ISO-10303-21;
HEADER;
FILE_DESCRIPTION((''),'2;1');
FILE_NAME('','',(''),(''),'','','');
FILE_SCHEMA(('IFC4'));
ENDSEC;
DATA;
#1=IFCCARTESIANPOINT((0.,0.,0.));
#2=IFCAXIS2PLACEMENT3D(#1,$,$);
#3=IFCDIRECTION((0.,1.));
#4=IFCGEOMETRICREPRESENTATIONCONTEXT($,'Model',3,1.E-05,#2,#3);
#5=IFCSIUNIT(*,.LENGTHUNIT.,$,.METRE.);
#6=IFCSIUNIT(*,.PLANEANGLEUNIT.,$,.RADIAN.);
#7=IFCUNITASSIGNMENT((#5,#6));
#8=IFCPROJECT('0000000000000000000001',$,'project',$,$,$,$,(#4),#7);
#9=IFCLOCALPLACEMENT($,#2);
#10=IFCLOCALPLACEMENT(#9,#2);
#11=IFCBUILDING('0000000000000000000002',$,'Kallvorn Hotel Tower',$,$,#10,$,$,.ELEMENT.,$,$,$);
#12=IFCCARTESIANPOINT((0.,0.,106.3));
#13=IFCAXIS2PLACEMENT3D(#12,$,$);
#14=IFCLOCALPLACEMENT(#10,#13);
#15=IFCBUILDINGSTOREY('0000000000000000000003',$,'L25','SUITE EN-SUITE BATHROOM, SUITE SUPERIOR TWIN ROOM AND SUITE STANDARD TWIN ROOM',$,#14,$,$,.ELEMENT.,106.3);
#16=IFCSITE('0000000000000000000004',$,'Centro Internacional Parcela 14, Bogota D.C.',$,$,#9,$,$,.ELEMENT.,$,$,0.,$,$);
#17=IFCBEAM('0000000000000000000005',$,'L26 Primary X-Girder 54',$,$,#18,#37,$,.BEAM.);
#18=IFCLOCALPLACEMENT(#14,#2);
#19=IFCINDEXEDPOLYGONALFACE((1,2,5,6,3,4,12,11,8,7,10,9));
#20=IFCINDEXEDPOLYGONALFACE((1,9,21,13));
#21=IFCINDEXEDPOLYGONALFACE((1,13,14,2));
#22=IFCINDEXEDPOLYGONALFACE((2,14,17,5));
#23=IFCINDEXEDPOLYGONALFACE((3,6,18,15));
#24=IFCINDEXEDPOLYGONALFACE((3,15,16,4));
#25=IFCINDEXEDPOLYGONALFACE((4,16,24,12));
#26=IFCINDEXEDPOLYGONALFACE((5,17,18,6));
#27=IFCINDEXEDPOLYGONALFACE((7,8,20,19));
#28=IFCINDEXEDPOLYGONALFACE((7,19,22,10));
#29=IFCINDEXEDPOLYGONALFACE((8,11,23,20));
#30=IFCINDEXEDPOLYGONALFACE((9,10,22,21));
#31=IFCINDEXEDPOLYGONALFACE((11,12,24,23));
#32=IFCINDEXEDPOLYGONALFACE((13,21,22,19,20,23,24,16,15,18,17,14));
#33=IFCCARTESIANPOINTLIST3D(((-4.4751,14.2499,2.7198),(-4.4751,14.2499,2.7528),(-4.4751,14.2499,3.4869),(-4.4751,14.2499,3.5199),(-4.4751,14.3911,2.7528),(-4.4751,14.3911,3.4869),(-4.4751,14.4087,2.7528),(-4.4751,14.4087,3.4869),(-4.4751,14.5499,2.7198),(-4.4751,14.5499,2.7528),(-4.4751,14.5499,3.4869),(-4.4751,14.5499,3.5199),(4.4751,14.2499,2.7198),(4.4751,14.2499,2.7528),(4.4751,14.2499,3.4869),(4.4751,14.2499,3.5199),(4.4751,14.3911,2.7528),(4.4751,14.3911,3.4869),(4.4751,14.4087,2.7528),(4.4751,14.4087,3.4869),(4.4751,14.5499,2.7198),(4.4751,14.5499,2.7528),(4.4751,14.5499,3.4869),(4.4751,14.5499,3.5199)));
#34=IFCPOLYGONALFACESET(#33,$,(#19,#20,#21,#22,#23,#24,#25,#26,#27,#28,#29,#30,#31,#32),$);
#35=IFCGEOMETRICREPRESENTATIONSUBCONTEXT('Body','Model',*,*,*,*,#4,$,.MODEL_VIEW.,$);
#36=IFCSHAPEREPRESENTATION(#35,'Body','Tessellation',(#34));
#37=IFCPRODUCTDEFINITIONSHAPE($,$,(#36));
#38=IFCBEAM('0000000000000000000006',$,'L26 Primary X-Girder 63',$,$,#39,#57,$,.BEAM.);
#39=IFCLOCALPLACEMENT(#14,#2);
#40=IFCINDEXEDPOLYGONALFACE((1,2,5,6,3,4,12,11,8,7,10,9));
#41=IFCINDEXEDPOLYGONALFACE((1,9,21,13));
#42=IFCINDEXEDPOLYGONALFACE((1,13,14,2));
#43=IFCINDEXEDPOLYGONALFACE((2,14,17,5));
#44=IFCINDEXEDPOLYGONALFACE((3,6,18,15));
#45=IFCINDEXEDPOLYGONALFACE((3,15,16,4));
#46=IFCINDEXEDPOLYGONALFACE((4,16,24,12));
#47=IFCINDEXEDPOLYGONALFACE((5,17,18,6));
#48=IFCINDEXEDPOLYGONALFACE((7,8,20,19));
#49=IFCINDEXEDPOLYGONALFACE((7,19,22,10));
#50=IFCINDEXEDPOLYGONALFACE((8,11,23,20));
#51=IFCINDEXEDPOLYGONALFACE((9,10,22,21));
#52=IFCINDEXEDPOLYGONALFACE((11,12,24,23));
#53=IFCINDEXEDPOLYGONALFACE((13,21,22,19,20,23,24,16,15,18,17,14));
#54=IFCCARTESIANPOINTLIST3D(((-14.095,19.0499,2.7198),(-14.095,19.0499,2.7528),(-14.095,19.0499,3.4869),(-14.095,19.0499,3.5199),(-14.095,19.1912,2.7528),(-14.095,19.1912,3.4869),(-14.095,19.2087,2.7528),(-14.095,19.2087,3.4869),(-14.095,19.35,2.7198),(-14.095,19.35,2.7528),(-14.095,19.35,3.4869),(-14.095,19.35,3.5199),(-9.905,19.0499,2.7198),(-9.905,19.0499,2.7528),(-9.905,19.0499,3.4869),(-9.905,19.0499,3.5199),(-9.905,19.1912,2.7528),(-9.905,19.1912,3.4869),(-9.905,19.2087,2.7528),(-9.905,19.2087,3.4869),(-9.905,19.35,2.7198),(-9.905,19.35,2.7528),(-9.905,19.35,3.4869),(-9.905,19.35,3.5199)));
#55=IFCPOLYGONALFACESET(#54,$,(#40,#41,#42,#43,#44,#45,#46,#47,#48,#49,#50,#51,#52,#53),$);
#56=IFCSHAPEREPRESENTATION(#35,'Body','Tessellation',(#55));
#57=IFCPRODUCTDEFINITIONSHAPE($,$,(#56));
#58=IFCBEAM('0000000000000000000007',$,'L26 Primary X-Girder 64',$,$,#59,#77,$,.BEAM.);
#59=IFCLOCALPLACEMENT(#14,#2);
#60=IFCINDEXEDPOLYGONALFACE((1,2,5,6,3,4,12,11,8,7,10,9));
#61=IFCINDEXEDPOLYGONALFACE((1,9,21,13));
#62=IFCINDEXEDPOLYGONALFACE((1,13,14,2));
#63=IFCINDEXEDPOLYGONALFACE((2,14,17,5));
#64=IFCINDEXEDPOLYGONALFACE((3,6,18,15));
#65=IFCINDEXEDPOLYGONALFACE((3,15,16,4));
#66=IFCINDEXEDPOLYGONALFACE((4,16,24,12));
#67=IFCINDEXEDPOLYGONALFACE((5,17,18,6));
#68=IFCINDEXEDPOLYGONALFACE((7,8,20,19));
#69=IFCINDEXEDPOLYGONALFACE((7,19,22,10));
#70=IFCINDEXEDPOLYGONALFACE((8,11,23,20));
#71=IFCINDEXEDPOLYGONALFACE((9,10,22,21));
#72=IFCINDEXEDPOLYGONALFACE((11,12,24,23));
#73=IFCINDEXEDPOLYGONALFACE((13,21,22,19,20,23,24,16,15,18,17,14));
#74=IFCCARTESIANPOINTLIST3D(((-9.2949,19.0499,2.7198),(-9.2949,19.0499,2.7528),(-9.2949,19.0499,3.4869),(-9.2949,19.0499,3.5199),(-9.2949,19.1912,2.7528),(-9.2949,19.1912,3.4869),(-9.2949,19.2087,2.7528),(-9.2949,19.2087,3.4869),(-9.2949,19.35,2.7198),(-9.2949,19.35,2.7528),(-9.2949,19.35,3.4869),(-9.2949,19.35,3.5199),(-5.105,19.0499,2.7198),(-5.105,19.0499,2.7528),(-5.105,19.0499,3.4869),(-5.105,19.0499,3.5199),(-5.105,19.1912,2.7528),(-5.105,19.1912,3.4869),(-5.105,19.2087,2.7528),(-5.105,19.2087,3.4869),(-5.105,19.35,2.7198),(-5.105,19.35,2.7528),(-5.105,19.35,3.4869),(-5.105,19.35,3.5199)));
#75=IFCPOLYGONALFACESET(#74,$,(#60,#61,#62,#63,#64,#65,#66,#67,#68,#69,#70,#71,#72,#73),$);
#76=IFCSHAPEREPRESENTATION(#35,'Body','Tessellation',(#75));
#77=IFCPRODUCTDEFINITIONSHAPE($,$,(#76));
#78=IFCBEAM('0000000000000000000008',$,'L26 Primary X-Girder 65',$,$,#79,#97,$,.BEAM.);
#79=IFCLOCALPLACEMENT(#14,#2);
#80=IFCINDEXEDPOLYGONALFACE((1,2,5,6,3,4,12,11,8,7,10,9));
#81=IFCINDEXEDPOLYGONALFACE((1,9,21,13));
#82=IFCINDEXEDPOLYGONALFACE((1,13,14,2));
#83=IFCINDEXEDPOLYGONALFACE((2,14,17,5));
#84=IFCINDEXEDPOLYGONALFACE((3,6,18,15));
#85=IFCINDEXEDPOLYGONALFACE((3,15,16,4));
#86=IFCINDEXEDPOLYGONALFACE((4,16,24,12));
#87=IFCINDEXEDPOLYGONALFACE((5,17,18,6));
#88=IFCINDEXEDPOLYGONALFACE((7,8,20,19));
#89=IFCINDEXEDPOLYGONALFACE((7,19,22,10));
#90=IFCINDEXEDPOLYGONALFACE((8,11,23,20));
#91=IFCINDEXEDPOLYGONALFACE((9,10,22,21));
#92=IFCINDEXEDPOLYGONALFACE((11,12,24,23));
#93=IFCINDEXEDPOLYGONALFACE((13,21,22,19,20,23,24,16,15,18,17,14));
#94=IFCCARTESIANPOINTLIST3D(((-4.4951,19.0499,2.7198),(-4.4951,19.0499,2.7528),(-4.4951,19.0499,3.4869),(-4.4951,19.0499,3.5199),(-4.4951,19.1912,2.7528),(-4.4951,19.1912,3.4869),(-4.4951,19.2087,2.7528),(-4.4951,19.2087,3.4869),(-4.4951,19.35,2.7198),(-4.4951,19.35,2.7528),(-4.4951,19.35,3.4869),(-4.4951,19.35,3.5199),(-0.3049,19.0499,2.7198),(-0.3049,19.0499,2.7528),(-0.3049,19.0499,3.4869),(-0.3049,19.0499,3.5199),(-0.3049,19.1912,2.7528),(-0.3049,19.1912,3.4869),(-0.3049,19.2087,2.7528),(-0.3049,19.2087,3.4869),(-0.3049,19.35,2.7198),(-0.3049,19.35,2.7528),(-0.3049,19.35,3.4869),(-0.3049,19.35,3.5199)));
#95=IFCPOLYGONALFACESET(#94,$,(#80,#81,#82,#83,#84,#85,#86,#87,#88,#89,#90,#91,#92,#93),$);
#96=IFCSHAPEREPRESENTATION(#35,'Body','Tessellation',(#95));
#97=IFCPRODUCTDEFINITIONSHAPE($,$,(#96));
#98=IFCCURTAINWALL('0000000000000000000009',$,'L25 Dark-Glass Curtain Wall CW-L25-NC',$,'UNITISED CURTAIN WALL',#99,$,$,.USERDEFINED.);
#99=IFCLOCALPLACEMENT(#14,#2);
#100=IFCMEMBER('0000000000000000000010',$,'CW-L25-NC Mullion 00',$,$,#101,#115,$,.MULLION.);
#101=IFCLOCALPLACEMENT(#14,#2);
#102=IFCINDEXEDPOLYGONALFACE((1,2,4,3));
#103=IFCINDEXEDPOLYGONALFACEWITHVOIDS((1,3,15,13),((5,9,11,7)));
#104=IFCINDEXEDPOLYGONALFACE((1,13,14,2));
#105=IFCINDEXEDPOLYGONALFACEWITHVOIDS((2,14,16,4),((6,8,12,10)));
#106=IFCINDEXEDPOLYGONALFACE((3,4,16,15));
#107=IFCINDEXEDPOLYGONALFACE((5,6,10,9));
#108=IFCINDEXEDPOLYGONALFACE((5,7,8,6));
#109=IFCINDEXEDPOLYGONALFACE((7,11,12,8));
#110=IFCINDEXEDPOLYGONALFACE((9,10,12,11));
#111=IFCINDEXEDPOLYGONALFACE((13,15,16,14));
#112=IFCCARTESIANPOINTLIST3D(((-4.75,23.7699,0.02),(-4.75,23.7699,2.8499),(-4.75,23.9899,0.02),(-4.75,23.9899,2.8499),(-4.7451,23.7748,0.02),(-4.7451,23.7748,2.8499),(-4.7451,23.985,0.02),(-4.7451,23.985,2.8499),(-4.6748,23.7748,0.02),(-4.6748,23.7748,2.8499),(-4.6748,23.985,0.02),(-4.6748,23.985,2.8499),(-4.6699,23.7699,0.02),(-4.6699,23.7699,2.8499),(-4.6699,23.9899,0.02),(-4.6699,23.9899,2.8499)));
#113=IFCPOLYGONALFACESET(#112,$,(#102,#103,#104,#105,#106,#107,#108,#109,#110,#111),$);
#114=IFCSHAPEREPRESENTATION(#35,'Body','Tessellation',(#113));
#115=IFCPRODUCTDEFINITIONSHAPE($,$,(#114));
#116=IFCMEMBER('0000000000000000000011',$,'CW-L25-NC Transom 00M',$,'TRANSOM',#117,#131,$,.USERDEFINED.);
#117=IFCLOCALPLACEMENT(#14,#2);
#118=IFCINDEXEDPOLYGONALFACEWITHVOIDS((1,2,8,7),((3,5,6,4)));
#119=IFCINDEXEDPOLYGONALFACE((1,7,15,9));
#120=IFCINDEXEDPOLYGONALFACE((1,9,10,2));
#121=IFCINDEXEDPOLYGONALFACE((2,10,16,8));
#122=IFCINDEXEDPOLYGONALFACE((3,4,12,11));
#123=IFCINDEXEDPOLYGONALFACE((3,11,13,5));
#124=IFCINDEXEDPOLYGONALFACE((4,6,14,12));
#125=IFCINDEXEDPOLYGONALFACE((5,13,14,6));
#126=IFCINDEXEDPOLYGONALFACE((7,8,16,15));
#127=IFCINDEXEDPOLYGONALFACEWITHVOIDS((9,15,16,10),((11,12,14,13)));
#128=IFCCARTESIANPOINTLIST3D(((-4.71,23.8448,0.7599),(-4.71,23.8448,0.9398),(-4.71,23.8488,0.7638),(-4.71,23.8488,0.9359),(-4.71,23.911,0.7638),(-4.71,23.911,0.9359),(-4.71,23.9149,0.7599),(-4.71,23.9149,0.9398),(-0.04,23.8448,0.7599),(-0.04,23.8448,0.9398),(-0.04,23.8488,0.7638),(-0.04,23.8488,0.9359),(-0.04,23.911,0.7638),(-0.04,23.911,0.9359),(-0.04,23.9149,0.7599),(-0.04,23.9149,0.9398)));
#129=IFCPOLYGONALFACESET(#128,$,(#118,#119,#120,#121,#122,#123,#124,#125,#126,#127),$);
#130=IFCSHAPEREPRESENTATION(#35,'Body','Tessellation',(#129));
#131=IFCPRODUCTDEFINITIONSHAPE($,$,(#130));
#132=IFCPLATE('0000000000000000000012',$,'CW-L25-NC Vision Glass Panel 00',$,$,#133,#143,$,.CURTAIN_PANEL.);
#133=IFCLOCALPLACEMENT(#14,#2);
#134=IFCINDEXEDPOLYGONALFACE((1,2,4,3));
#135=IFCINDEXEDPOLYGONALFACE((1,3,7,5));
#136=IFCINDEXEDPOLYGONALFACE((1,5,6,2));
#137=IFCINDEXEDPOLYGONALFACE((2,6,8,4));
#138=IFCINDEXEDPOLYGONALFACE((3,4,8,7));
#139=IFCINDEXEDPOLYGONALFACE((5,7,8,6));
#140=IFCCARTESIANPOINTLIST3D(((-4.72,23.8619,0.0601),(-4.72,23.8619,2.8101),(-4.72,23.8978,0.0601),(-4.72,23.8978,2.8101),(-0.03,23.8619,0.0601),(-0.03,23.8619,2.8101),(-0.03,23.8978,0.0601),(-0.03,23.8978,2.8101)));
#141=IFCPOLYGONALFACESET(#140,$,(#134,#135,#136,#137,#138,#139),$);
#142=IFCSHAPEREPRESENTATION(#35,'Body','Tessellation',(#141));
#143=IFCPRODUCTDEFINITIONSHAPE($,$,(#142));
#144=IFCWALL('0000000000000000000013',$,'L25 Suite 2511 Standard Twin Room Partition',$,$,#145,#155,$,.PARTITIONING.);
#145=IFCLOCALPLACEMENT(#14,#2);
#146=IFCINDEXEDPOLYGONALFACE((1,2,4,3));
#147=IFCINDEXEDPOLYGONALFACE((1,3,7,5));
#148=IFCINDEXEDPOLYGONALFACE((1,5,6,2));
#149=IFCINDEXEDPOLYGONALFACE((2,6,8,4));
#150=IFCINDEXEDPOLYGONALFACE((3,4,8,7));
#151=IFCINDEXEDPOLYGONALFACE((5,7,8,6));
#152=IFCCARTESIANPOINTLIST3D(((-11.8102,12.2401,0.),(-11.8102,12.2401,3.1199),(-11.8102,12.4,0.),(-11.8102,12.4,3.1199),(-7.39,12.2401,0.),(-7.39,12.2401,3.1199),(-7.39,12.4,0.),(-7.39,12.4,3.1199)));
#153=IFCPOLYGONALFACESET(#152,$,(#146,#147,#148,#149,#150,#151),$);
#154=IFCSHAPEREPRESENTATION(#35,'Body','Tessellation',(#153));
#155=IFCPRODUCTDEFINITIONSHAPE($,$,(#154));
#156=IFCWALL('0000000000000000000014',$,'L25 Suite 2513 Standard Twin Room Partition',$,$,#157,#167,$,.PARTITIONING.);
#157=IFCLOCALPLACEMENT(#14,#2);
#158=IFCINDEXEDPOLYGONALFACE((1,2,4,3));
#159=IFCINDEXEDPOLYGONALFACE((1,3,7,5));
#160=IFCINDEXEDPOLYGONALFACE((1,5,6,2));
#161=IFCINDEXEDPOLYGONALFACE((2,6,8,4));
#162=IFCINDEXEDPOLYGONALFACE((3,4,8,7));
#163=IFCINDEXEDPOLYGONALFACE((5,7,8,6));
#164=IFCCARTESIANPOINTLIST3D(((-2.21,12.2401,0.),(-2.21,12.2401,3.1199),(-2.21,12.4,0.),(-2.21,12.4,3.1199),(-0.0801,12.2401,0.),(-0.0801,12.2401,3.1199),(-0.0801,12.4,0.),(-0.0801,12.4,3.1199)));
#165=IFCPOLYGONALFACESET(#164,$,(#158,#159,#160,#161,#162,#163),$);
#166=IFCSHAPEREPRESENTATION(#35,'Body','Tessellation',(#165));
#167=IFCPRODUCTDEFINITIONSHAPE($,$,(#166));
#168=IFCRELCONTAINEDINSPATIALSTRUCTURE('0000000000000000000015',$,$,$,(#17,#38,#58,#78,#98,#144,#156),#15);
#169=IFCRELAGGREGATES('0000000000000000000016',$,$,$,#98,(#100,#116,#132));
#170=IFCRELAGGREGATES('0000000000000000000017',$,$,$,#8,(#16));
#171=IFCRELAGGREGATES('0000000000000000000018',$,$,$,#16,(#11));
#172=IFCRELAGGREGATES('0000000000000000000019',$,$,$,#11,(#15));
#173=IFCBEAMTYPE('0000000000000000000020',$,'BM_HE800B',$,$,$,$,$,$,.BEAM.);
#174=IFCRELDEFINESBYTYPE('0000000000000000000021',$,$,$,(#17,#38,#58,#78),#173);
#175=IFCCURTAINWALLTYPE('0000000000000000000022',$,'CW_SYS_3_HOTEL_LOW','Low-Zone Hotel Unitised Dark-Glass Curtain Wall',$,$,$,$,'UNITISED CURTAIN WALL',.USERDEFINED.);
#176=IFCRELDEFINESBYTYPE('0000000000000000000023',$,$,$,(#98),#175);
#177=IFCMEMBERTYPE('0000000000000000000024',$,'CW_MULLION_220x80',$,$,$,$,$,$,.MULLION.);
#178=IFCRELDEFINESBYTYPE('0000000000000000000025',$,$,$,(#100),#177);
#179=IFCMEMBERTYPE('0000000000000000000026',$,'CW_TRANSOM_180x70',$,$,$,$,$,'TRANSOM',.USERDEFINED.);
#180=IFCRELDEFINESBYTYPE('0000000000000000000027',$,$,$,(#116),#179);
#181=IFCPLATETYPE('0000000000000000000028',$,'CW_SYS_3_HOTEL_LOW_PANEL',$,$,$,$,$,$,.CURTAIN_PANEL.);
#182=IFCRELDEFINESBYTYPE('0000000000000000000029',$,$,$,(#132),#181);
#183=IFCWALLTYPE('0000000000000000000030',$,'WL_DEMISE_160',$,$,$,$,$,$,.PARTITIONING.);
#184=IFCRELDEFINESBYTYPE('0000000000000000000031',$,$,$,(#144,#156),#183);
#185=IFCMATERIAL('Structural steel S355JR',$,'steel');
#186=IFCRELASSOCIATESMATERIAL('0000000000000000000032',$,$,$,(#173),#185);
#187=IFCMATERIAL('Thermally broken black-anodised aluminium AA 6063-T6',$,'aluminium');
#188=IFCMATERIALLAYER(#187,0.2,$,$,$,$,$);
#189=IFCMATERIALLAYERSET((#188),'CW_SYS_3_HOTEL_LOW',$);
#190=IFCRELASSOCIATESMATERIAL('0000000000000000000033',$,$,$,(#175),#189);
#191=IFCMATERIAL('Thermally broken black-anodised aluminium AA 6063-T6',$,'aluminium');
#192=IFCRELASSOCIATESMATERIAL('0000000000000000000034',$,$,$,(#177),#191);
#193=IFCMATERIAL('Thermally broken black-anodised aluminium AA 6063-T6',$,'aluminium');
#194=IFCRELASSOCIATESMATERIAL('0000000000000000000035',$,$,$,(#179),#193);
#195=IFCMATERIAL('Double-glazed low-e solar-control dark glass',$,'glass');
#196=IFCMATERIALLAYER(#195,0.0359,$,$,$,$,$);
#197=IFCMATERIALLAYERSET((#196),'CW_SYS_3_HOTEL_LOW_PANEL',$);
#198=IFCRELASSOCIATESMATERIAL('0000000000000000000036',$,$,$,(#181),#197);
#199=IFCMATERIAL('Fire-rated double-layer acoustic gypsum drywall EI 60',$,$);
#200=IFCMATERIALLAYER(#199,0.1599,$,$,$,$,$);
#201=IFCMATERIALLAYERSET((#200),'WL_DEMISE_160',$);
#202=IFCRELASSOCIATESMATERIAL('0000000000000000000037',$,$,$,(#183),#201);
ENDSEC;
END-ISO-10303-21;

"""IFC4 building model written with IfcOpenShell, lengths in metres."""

from ifc_helpers import new_model, si_unit, direction, frame, frame_2d, origin, origin_2d, place, context, subcontext, project, spatial, rectangle, hollow_rectangle, i_section, extrude, material, layer, layer_set, material_profile, profile_set, type_object, element, aggregate, save


model = new_model("IFC4")

# Units and contexts
model_context = context("Model", 3, precision=1e-05, world=origin(), true_north=direction((0.0, 1.0)))
body_context = subcontext(model_context, "Body", "Model", "MODEL_VIEW")
ifc_project = project(units=[si_unit("LENGTHUNIT", "METRE"), si_unit("PLANEANGLEUNIT", "RADIAN")], contexts=[model_context])

# Site, building, storey
site_placement = place(None, origin())
site = spatial("IfcSite", under=ifc_project, at=site_placement, Name="Centro Internacional Parcela 14, Bogota D.C.", CompositionType="ELEMENT", RefElevation=0.0)
building_placement = place(site_placement, origin())
building = spatial("IfcBuilding", under=site, at=building_placement, Name="Kallvorn Hotel Tower", CompositionType="ELEMENT")
storey_placement = place(building_placement, frame((0.0, 0.0, 106.3)))
storey = spatial("IfcBuildingStorey", under=building, at=storey_placement, Name="L25", Description="SUITE EN-SUITE BATHROOM, SUITE SUPERIOR TWIN ROOM AND SUITE STANDARD TWIN ROOM", CompositionType="ELEMENT", Elevation=106.3)

# Beams
ifc_material_1 = material(Name="Structural steel S355JR", Category="steel")
ifc_material_profile_1 = material_profile(ifc_material_1, i_section(OverallWidth=0.3, OverallDepth=0.8, WebThickness=0.0176, FlangeThickness=0.033, at=origin_2d()), Name="HE 800 B")
ifc_profile_set_1 = profile_set([ifc_material_profile_1], Name="Structural steel S355JR")
beam_type_1 = type_object("IfcBeamType", Name="BM_HE800B", PredefinedType="BEAM", material=ifc_profile_set_1)
beam_1_placement = place(storey_placement, frame((-4.4751, 14.3999, 3.1199), z_axis=(1.0, 0.0, 0.0), x_axis=(0.0, 1.0, 0.0)))
element("IfcBeam", 1, at=beam_1_placement, inside=storey, type_object=beam_type_1, Name="L26 Primary X-Girder 54", PredefinedType="BEAM", context=body_context, shape_type="SweptSolid", body=[
    extrude(i_section(OverallWidth=0.3, OverallDepth=0.8, WebThickness=0.0176, FlangeThickness=0.033, at=origin_2d()), origin(), (0.0, 0.0, 1.0), 8.9502),
])
for number, where, z_axis, x_axis, name in (
    (2, (-14.095, 19.2, 3.1199), (1.0, 0.0, 0.0), (0.0, 1.0, 0.0), "L26 Primary X-Girder 63"),
    (3, (-9.2949, 19.2, 3.1199), (1.0, 0.0, 0.0), (0.0, 1.0, 0.0), "L26 Primary X-Girder 64"),
):
    element("IfcBeam", number, at=place(storey_placement, frame(where, z_axis=z_axis, x_axis=x_axis)), inside=storey, type_object=beam_type_1, Name=name, PredefinedType="BEAM", context=body_context, shape_type="SweptSolid", body=[
        extrude(i_section(OverallWidth=0.3, OverallDepth=0.8, WebThickness=0.0176, FlangeThickness=0.033, at=origin_2d()), origin(), (0.0, 0.0, 1.0), 4.1899),
    ])
beam_2_placement = place(storey_placement, frame((-4.4951, 19.2, 3.1199), z_axis=(1.0, 0.0, 0.0), x_axis=(0.0, 1.0, 0.0)))
element("IfcBeam", 4, at=beam_2_placement, inside=storey, type_object=beam_type_1, Name="L26 Primary X-Girder 65", PredefinedType="BEAM", context=body_context, shape_type="SweptSolid", body=[
    extrude(i_section(OverallWidth=0.3, OverallDepth=0.8, WebThickness=0.0176, FlangeThickness=0.033, at=origin_2d()), origin(), (0.0, 0.0, 1.0), 4.1902),
])

# Curtain wall, members, plate
ifc_material_2 = material(Name="Thermally broken black-anodised aluminium AA 6063-T6", Category="aluminium")
ifc_layer_1 = layer(ifc_material_2, 0.2)
ifc_layer_set_1 = layer_set([ifc_layer_1], Name="CW_SYS_3_HOTEL_LOW")
curtain_wall_type = type_object("IfcCurtainWallType", Name="CW_SYS_3_HOTEL_LOW", Description="Low-Zone Hotel Unitised Dark-Glass Curtain Wall", ElementType="UNITISED CURTAIN WALL", PredefinedType="USERDEFINED", material=ifc_layer_set_1)
curtain_wall_placement = place(storey_placement, origin())
curtain_wall = element("IfcCurtainWall", 5, at=curtain_wall_placement, inside=storey, type_object=curtain_wall_type, Name="L25 Dark-Glass Curtain Wall CW-L25-NC", ObjectType="UNITISED CURTAIN WALL", PredefinedType="USERDEFINED")
ifc_material_3 = material(Name="Thermally broken black-anodised aluminium AA 6063-T6", Category="aluminium")
ifc_material_profile_2 = material_profile(ifc_material_3, hollow_rectangle(XDim=0.0801, YDim=0.22, WallThickness=0.0049, at=origin_2d()), Name="MUL 220x80")
ifc_profile_set_2 = profile_set([ifc_material_profile_2], Name="Thermally broken black-anodised aluminium AA 6063-T6")
member_type_1 = type_object("IfcMemberType", Name="CW_MULLION_220x80", PredefinedType="MULLION", material=ifc_profile_set_2)
member_1_placement = place(storey_placement, frame((-4.71, 23.8799, 0.02), z_axis=(0.0, 0.0, 1.0), x_axis=(1.0, 0.0, 0.0)))
member_1 = element("IfcMember", 6, at=member_1_placement, type_object=member_type_1, Name="CW-L25-NC Mullion 00", PredefinedType="MULLION", context=body_context, shape_type="SweptSolid", body=[
    extrude(hollow_rectangle(XDim=0.0801, YDim=0.22, WallThickness=0.0049, at=origin_2d()), origin(), (0.0, 0.0, 1.0), 2.8298),
])
ifc_material_4 = material(Name="Thermally broken black-anodised aluminium AA 6063-T6", Category="aluminium")
ifc_material_profile_3 = material_profile(ifc_material_4, hollow_rectangle(XDim=0.0701, YDim=0.1799, WallThickness=0.0039, at=origin_2d()), Name="TRN 180x70")
ifc_profile_set_3 = profile_set([ifc_material_profile_3], Name="Thermally broken black-anodised aluminium AA 6063-T6")
member_type_2 = type_object("IfcMemberType", Name="CW_TRANSOM_180x70", ElementType="TRANSOM", PredefinedType="USERDEFINED", material=ifc_profile_set_3)
member_2_placement = place(storey_placement, frame((-4.71, 23.8799, 0.8499), z_axis=(1.0, 0.0, 0.0), x_axis=(0.0, 1.0, 0.0)))
member_2 = element("IfcMember", 7, at=member_2_placement, type_object=member_type_2, Name="CW-L25-NC Transom 00M", ObjectType="TRANSOM", PredefinedType="USERDEFINED", context=body_context, shape_type="SweptSolid", body=[
    extrude(hollow_rectangle(XDim=0.0701, YDim=0.1799, WallThickness=0.0039, at=origin_2d()), origin(), (0.0, 0.0, 1.0), 4.6699),
])
ifc_material_5 = material(Name="Double-glazed low-e solar-control dark glass", Category="glass")
ifc_layer_2 = layer(ifc_material_5, 0.0359)
ifc_layer_set_2 = layer_set([ifc_layer_2], Name="CW_SYS_3_HOTEL_LOW_PANEL")
plate_type = type_object("IfcPlateType", Name="CW_SYS_3_HOTEL_LOW_PANEL", PredefinedType="CURTAIN_PANEL", material=ifc_layer_set_2)
plate_placement = place(storey_placement, frame((-2.375, 23.8799, 0.0601), z_axis=(0.0, 0.0, 1.0), x_axis=(1.0, 0.0, 0.0)))
plate = element("IfcPlate", 8, at=plate_placement, type_object=plate_type, Name="CW-L25-NC Vision Glass Panel 00", PredefinedType="CURTAIN_PANEL", context=body_context, shape_type="SweptSolid", body=[
    extrude(rectangle(XDim=4.6899, YDim=0.0359, at=origin_2d()), origin(), (0.0, 0.0, 1.0), 2.75),
])
aggregate(curtain_wall, [member_1, member_2, plate])

# Walls
ifc_material_6 = material(Name="Fire-rated double-layer acoustic gypsum drywall EI 60")
ifc_layer_3 = layer(ifc_material_6, 0.1599)
ifc_layer_set_3 = layer_set([ifc_layer_3], Name="WL_DEMISE_160")
wall_type = type_object("IfcWallType", Name="WL_DEMISE_160", PredefinedType="PARTITIONING", material=ifc_layer_set_3)
wall_1_placement = place(storey_placement, frame((-11.8101, 12.3201, 0.0), z_axis=(0.0, 0.0, 1.0), x_axis=(1.0, 0.0, 0.0)))
element("IfcWall", 9, at=wall_1_placement, inside=storey, type_object=wall_type, Name="L25 Suite 2511 Standard Twin Room Partition", PredefinedType="PARTITIONING", context=body_context, shape_type="SweptSolid", body=[
    extrude(rectangle(XDim=4.4202, YDim=0.1599, at=frame_2d((2.21, 0.0))), origin(), (0.0, 0.0, 1.0), 3.1199),
])
wall_2_placement = place(storey_placement, frame((-2.21, 12.3201, 0.0), z_axis=(0.0, 0.0, 1.0), x_axis=(1.0, 0.0, 0.0)))
element("IfcWall", 10, at=wall_2_placement, inside=storey, type_object=wall_type, Name="L25 Suite 2513 Standard Twin Room Partition", PredefinedType="PARTITIONING", context=body_context, shape_type="SweptSolid", body=[
    extrude(rectangle(XDim=2.1299, YDim=0.1599, at=frame_2d((1.0649, 0.0))), origin(), (0.0, 0.0, 1.0), 3.1199),
])

save(model, "model.ifc")
